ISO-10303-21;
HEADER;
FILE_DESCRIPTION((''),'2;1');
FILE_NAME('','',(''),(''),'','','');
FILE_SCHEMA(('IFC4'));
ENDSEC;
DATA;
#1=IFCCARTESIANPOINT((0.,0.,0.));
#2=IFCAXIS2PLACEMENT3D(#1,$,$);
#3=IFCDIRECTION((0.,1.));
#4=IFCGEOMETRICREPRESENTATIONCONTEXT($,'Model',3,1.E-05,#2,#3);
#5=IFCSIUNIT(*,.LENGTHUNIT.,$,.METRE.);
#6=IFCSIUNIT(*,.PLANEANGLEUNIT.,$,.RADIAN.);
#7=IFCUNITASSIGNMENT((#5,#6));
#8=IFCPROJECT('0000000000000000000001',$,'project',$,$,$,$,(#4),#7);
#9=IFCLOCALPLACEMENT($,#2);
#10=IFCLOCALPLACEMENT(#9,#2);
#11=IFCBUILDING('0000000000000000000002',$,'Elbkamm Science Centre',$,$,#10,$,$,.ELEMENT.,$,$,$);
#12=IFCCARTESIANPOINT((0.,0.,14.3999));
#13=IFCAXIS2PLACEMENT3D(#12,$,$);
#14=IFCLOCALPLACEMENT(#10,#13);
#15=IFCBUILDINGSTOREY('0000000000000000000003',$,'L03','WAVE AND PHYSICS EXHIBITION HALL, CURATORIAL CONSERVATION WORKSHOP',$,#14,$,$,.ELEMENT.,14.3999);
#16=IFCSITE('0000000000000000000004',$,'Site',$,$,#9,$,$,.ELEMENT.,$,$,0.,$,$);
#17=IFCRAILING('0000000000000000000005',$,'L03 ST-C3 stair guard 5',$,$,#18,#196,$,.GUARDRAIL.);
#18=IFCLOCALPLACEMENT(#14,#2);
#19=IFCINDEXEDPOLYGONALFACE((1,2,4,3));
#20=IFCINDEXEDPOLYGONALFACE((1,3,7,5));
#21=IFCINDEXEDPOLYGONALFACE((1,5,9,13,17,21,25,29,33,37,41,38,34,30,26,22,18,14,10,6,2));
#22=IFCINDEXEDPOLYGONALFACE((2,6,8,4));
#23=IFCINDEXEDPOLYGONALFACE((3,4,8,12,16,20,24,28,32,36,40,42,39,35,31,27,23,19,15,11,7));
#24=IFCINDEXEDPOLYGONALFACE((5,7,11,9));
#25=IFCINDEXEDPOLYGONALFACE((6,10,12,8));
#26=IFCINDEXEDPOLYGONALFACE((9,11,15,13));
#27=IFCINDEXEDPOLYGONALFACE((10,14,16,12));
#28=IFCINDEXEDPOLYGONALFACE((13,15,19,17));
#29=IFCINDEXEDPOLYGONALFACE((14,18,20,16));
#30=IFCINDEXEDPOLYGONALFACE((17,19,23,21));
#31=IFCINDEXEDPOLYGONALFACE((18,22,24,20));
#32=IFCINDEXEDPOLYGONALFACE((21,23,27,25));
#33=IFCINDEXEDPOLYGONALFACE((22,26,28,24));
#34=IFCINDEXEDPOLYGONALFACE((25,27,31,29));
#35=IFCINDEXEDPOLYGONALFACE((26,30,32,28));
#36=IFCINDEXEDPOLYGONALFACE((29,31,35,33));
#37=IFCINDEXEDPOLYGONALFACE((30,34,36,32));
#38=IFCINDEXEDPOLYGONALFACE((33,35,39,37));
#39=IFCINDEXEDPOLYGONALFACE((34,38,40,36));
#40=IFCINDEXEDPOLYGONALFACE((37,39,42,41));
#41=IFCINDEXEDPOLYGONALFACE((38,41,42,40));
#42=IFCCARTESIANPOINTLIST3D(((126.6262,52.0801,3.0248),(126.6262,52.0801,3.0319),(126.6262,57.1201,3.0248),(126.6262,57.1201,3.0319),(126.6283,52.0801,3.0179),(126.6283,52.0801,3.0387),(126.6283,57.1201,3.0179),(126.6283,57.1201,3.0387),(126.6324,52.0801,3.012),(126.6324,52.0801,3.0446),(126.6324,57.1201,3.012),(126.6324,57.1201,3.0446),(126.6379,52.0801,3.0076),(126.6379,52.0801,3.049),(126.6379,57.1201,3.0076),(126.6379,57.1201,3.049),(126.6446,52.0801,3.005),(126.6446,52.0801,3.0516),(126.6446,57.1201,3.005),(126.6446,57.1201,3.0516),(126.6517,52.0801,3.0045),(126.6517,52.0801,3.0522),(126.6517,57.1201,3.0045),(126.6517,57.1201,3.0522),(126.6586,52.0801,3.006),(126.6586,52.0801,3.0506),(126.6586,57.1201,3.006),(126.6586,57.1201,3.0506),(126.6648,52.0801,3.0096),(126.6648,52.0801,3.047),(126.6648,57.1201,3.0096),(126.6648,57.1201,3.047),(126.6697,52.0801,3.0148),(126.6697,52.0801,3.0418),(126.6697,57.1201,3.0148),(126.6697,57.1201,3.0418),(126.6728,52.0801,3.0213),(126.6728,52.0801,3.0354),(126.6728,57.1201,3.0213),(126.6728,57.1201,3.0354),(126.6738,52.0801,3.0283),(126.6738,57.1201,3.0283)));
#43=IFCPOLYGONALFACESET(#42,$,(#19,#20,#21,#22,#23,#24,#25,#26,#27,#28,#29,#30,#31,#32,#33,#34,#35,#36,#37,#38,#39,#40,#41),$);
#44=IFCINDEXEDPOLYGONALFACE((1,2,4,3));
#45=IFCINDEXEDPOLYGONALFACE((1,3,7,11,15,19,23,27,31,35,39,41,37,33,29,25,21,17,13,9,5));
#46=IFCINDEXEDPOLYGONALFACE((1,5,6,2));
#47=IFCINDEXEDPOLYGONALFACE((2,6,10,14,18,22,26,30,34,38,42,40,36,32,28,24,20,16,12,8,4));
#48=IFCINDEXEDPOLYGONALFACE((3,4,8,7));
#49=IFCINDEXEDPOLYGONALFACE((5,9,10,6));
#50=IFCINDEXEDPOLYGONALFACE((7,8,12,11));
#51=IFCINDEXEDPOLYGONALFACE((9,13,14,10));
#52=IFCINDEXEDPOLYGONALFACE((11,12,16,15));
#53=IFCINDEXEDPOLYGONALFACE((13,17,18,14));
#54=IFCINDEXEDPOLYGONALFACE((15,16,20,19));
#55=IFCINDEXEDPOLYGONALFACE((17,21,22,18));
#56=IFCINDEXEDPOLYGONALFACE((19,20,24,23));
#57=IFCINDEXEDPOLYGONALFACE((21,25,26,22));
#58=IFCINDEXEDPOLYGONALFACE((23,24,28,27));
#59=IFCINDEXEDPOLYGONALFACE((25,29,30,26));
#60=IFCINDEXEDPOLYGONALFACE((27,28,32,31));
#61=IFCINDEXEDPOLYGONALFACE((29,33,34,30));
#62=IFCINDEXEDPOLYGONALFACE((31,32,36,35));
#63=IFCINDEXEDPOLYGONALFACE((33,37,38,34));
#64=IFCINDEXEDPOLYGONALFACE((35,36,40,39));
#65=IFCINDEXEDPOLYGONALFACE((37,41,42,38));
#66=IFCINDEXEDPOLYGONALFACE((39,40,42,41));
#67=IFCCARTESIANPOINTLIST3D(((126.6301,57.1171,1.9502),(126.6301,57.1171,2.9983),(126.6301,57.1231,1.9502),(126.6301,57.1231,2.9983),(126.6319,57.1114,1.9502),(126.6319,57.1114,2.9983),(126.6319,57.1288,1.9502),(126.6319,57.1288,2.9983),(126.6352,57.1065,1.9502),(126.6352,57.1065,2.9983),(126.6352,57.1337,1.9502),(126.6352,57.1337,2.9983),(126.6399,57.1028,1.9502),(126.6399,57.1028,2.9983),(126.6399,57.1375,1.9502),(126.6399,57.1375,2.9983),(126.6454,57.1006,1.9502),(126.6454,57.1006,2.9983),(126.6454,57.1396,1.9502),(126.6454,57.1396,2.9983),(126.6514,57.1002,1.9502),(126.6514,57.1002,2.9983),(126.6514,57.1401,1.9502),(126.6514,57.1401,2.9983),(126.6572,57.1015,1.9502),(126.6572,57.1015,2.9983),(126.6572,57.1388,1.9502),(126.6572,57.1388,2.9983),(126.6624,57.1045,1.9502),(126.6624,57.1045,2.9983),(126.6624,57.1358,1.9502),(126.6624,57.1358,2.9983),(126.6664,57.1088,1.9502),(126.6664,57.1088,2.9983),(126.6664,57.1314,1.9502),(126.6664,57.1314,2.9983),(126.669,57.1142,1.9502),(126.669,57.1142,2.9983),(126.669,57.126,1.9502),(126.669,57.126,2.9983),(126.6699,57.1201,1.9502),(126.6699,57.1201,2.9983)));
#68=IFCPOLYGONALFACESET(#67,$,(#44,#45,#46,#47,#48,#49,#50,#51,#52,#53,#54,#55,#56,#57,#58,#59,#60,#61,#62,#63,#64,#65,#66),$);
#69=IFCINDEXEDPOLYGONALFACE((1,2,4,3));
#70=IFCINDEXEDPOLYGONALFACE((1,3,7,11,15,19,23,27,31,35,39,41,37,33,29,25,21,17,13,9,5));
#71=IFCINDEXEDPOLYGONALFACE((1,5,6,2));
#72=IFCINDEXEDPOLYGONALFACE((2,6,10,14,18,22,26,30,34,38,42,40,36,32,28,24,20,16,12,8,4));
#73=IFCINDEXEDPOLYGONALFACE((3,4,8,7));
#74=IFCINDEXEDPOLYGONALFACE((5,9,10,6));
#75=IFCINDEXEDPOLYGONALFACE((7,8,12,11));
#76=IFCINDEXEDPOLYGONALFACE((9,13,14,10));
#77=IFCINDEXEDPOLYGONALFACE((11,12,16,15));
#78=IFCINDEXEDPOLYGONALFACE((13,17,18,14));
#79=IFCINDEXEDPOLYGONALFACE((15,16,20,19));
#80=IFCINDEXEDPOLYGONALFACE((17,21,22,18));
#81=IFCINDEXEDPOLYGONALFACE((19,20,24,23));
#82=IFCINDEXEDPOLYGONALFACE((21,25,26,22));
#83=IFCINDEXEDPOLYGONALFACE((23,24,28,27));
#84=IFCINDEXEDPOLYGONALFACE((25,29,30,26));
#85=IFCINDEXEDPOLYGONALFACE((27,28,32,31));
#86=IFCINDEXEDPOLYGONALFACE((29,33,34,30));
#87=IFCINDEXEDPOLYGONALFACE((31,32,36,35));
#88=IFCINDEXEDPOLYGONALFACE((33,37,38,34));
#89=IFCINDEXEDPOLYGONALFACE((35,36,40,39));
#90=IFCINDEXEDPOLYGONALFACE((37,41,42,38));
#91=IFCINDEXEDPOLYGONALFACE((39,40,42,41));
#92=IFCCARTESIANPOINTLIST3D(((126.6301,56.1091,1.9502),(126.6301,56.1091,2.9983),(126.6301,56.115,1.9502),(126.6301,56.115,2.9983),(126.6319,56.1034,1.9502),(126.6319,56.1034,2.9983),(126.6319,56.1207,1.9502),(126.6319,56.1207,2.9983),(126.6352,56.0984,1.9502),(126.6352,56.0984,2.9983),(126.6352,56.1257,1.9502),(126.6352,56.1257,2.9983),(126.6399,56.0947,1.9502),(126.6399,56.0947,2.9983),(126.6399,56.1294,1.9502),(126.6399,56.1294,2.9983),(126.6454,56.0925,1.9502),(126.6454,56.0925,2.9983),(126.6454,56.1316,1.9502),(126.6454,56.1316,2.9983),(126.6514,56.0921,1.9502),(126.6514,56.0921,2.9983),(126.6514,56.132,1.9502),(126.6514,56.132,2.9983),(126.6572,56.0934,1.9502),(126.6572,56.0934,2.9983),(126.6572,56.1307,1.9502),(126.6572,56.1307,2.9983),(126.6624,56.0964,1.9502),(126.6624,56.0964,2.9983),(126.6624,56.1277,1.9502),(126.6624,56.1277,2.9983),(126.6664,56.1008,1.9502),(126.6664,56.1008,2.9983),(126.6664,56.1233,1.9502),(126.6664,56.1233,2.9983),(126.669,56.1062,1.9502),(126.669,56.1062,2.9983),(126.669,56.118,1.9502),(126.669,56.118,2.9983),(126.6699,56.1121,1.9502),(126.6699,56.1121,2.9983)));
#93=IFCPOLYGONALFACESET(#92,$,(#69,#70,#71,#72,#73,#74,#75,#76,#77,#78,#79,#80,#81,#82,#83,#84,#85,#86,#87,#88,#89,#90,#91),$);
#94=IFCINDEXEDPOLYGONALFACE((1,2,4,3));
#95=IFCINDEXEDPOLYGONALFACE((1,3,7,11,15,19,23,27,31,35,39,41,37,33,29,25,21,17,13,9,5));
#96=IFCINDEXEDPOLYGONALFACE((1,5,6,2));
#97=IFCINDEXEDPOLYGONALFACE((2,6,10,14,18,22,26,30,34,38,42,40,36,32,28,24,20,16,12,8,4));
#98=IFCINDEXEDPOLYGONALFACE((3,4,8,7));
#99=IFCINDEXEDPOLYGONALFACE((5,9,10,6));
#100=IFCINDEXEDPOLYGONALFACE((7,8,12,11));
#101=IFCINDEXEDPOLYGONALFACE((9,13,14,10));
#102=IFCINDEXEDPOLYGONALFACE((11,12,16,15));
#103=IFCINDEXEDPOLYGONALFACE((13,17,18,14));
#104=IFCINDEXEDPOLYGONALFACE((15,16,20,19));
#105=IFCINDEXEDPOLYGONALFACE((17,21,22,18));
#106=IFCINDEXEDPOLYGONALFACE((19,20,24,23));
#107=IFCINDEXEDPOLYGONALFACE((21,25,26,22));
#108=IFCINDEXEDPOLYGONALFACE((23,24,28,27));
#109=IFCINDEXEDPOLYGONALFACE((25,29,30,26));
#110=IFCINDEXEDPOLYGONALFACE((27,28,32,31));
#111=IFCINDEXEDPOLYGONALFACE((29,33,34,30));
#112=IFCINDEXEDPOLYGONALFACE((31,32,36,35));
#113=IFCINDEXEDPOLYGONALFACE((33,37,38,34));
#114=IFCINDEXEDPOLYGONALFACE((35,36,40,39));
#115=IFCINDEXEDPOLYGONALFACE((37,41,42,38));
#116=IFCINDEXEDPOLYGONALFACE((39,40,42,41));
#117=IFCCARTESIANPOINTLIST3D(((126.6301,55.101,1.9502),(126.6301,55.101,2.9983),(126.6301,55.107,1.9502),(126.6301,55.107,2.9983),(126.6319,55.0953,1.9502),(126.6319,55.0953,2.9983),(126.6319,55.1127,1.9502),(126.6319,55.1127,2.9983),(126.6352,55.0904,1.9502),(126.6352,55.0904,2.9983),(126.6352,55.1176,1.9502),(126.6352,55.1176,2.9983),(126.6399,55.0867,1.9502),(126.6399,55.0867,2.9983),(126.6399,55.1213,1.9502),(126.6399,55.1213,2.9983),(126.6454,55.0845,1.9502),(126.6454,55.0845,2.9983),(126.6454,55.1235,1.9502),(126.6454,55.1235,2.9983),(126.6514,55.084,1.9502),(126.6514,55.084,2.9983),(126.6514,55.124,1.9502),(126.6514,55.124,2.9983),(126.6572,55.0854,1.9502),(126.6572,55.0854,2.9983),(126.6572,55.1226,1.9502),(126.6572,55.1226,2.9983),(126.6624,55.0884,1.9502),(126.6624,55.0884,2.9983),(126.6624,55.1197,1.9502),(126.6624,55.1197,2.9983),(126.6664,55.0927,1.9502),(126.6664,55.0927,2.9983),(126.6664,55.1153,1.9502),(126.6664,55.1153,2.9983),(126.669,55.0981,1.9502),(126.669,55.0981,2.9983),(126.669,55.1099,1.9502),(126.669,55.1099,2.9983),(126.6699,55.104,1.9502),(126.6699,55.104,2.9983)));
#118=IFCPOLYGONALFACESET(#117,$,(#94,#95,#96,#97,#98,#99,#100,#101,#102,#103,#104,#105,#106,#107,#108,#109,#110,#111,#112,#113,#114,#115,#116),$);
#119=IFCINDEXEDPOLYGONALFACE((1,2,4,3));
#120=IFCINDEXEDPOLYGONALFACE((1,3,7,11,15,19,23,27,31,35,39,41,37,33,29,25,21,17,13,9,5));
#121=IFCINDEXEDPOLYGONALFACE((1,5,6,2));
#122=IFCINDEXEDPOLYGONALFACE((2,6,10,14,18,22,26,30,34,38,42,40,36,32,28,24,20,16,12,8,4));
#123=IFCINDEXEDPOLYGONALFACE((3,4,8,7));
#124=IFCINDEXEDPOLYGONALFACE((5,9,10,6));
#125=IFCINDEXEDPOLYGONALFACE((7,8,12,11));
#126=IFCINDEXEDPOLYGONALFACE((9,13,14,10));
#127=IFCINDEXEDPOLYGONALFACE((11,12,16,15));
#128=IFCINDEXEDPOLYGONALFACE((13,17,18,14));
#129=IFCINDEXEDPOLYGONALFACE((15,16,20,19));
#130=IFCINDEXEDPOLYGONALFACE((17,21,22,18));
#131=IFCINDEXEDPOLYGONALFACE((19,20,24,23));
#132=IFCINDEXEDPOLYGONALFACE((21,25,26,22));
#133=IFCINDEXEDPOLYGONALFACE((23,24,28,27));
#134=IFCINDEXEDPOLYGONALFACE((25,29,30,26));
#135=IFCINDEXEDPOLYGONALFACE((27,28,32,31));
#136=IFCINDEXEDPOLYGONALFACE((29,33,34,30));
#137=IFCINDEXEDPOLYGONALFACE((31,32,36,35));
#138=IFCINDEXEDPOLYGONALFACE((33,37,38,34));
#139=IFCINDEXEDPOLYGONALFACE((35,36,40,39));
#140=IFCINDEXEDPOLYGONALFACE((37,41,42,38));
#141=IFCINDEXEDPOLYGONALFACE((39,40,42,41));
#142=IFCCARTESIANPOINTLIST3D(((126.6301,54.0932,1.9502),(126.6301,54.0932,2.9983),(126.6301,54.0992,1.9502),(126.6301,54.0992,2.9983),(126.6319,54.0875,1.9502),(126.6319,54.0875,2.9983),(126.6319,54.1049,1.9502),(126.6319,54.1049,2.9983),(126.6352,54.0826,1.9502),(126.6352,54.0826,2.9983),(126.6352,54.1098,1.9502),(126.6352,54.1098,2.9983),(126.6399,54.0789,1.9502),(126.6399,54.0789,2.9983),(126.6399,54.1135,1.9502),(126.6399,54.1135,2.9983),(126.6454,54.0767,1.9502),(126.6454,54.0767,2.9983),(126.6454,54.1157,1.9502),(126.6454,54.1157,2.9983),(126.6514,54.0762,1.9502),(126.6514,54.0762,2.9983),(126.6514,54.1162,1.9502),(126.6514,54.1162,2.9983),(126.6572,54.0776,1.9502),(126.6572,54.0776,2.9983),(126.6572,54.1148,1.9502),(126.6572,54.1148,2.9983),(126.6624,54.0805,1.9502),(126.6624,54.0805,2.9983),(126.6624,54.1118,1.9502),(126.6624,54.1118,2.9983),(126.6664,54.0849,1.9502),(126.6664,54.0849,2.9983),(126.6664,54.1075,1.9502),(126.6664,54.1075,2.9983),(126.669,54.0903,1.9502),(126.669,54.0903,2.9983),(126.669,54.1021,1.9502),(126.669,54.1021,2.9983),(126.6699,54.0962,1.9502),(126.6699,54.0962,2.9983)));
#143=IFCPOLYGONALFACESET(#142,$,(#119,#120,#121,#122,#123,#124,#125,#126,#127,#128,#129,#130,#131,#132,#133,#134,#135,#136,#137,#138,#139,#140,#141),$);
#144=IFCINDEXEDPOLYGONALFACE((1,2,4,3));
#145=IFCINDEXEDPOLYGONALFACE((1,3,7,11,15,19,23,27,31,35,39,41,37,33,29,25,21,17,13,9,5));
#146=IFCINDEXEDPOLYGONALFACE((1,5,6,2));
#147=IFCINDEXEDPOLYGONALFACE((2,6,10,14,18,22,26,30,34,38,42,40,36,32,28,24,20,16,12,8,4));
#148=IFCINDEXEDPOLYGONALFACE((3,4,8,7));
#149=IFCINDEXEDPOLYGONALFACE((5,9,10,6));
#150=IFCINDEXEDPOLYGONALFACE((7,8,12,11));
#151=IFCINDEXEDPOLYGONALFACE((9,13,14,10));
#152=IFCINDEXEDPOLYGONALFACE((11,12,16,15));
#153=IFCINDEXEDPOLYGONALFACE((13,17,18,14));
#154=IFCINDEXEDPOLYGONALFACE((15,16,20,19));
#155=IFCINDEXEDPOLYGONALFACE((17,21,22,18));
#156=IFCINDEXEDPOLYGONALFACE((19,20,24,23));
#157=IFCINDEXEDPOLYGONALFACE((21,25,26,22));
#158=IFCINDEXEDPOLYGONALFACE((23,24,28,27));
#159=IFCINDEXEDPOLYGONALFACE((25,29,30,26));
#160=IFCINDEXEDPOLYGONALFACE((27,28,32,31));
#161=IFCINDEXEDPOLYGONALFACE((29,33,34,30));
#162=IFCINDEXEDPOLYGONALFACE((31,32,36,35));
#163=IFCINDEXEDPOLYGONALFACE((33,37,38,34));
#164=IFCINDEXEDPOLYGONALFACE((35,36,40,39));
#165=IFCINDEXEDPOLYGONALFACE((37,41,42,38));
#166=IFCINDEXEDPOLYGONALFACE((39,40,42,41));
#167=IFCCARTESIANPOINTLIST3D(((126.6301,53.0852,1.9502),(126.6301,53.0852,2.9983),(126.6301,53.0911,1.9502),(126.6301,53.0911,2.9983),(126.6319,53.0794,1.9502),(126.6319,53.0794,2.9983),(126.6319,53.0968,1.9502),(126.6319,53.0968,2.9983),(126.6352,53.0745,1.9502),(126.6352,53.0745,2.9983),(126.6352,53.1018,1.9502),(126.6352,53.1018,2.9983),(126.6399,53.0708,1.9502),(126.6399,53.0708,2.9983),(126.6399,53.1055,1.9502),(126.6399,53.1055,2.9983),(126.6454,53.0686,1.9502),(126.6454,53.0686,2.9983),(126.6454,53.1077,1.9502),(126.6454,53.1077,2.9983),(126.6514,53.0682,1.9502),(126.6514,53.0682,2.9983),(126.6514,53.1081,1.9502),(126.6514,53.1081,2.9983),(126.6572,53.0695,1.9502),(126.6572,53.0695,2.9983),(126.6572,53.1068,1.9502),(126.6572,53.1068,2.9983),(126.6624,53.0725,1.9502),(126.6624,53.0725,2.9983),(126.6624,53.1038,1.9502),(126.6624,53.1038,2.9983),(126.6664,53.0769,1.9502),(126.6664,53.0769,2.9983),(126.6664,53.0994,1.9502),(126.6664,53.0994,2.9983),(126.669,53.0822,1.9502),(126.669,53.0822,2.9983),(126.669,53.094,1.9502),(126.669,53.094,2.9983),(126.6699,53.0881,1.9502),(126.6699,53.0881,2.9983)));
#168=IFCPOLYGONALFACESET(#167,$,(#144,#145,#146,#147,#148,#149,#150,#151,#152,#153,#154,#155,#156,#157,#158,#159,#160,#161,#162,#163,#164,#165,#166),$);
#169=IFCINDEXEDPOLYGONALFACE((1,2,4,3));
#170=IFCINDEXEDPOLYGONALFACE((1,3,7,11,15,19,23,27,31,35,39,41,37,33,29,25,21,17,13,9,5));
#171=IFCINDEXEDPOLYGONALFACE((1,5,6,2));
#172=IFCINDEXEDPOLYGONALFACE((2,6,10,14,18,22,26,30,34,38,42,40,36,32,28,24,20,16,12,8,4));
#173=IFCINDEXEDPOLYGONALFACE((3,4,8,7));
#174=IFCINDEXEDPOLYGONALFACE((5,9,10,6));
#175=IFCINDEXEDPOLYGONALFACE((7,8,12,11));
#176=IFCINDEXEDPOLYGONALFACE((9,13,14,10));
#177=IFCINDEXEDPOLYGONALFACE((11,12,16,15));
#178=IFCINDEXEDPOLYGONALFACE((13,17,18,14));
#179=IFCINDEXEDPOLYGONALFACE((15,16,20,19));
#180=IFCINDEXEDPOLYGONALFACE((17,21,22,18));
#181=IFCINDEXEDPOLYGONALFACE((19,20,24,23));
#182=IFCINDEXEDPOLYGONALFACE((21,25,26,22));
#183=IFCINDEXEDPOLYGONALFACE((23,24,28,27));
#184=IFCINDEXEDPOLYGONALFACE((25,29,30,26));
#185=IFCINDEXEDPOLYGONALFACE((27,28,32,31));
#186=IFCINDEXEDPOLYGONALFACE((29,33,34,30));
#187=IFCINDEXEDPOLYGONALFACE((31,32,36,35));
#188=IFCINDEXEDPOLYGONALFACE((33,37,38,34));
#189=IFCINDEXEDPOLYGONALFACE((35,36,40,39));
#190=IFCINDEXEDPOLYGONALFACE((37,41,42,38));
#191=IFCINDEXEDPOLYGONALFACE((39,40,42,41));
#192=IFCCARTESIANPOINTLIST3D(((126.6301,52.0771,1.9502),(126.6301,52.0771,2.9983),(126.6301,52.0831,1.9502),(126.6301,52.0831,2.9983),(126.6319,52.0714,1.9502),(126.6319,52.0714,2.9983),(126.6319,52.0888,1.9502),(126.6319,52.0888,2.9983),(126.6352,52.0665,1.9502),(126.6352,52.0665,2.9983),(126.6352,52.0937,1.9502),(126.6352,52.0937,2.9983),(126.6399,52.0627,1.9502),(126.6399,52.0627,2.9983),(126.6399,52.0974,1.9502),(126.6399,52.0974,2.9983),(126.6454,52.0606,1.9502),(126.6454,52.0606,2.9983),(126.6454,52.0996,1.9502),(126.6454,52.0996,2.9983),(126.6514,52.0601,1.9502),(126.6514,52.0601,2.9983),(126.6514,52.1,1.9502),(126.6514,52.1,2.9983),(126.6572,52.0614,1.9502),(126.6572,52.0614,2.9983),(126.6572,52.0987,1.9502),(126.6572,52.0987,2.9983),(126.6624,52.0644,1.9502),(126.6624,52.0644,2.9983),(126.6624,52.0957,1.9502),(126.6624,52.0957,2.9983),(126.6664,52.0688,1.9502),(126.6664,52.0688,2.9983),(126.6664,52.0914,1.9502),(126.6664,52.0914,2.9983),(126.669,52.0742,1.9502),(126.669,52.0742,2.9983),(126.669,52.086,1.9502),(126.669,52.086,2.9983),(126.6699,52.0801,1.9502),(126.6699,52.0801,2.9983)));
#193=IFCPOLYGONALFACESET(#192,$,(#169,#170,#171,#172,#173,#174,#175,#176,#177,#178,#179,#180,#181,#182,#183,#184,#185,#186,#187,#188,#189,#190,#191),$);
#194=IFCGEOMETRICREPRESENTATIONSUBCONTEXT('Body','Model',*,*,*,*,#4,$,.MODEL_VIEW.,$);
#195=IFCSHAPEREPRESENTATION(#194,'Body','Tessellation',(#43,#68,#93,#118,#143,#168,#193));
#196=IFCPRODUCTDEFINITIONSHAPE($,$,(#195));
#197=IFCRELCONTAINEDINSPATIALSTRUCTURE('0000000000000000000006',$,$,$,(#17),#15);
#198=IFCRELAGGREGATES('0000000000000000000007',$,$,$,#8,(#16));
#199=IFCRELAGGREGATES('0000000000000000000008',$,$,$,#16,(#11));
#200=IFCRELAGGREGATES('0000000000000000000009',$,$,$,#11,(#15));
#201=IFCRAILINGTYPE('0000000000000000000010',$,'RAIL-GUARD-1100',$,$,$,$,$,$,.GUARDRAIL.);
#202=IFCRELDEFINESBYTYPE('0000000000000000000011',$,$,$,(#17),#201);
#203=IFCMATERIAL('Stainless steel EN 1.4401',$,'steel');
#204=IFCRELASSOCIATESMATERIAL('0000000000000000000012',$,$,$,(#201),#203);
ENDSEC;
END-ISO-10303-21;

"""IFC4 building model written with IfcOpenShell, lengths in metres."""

from ifc_helpers import new_model, si_unit, direction, frame, origin, origin_2d, place, context, subcontext, project, spatial, circle, extrude, material, type_object, element, save


model = new_model("IFC4")

# Units and contexts
model_context = context("Model", 3, precision=1e-05, world=origin(), true_north=direction((0.0, 1.0)))
body_context = subcontext(model_context, "Body", "Model", "MODEL_VIEW")
ifc_project = project(units=[si_unit("LENGTHUNIT", "METRE"), si_unit("PLANEANGLEUNIT", "RADIAN")], contexts=[model_context])

# Site, building, storey
site_placement = place(None, origin())
site = spatial("IfcSite", under=ifc_project, at=site_placement, Name="Site", CompositionType="ELEMENT", RefElevation=0.0)
building_placement = place(site_placement, origin())
building = spatial("IfcBuilding", under=site, at=building_placement, Name="Elbkamm Science Centre", CompositionType="ELEMENT")
storey_placement = place(building_placement, frame((0.0, 0.0, 14.3999)))
storey = spatial("IfcBuildingStorey", under=building, at=storey_placement, Name="L03", Description="WAVE AND PHYSICS EXHIBITION HALL, CURATORIAL CONSERVATION WORKSHOP", CompositionType="ELEMENT", Elevation=14.3999)

# Railing
ifc_material_1 = material(Name="Stainless steel EN 1.4401", Category="steel")
railing_type_1 = type_object("IfcRailingType", Name="RAIL-GUARD-1100", PredefinedType="GUARDRAIL", material=ifc_material_1)
railing_1_placement = place(storey_placement, frame((126.6499, 57.1201, 1.9502)))
element("IfcRailing", 1, at=railing_1_placement, inside=storey, type_object=railing_type_1, Name="L03 ST-C3 stair guard 5", PredefinedType="GUARDRAIL", context=body_context, shape_type="SweptSolid", body=[
    extrude(circle(Radius=0.0239, at=origin_2d()), frame((0.0, 0.0, 1.0781), z_axis=(0.0, -1.0, 0.0), x_axis=(1.0, 0.0, 0.0)), (0.0, 0.0, 1.0), 5.04),
    extrude(circle(Radius=0.02, at=origin_2d()), origin(), (0.0, 0.0, 1.0), 1.0481),
    extrude(circle(Radius=0.02, at=origin_2d()), frame((0.0, -1.0081, 0.0)), (0.0, 0.0, 1.0), 1.0481),
    extrude(circle(Radius=0.02, at=origin_2d()), frame((0.0, -2.0161, 0.0)), (0.0, 0.0, 1.0), 1.0481),
    extrude(circle(Radius=0.02, at=origin_2d()), frame((0.0, -3.0239, 0.0)), (0.0, 0.0, 1.0), 1.0481),
    extrude(circle(Radius=0.02, at=origin_2d()), frame((0.0, -4.032, 0.0)), (0.0, 0.0, 1.0), 1.0481),
    extrude(circle(Radius=0.02, at=origin_2d()), frame((0.0, -5.04, 0.0)), (0.0, 0.0, 1.0), 1.0481),
])

save(model, "model.ifc")
